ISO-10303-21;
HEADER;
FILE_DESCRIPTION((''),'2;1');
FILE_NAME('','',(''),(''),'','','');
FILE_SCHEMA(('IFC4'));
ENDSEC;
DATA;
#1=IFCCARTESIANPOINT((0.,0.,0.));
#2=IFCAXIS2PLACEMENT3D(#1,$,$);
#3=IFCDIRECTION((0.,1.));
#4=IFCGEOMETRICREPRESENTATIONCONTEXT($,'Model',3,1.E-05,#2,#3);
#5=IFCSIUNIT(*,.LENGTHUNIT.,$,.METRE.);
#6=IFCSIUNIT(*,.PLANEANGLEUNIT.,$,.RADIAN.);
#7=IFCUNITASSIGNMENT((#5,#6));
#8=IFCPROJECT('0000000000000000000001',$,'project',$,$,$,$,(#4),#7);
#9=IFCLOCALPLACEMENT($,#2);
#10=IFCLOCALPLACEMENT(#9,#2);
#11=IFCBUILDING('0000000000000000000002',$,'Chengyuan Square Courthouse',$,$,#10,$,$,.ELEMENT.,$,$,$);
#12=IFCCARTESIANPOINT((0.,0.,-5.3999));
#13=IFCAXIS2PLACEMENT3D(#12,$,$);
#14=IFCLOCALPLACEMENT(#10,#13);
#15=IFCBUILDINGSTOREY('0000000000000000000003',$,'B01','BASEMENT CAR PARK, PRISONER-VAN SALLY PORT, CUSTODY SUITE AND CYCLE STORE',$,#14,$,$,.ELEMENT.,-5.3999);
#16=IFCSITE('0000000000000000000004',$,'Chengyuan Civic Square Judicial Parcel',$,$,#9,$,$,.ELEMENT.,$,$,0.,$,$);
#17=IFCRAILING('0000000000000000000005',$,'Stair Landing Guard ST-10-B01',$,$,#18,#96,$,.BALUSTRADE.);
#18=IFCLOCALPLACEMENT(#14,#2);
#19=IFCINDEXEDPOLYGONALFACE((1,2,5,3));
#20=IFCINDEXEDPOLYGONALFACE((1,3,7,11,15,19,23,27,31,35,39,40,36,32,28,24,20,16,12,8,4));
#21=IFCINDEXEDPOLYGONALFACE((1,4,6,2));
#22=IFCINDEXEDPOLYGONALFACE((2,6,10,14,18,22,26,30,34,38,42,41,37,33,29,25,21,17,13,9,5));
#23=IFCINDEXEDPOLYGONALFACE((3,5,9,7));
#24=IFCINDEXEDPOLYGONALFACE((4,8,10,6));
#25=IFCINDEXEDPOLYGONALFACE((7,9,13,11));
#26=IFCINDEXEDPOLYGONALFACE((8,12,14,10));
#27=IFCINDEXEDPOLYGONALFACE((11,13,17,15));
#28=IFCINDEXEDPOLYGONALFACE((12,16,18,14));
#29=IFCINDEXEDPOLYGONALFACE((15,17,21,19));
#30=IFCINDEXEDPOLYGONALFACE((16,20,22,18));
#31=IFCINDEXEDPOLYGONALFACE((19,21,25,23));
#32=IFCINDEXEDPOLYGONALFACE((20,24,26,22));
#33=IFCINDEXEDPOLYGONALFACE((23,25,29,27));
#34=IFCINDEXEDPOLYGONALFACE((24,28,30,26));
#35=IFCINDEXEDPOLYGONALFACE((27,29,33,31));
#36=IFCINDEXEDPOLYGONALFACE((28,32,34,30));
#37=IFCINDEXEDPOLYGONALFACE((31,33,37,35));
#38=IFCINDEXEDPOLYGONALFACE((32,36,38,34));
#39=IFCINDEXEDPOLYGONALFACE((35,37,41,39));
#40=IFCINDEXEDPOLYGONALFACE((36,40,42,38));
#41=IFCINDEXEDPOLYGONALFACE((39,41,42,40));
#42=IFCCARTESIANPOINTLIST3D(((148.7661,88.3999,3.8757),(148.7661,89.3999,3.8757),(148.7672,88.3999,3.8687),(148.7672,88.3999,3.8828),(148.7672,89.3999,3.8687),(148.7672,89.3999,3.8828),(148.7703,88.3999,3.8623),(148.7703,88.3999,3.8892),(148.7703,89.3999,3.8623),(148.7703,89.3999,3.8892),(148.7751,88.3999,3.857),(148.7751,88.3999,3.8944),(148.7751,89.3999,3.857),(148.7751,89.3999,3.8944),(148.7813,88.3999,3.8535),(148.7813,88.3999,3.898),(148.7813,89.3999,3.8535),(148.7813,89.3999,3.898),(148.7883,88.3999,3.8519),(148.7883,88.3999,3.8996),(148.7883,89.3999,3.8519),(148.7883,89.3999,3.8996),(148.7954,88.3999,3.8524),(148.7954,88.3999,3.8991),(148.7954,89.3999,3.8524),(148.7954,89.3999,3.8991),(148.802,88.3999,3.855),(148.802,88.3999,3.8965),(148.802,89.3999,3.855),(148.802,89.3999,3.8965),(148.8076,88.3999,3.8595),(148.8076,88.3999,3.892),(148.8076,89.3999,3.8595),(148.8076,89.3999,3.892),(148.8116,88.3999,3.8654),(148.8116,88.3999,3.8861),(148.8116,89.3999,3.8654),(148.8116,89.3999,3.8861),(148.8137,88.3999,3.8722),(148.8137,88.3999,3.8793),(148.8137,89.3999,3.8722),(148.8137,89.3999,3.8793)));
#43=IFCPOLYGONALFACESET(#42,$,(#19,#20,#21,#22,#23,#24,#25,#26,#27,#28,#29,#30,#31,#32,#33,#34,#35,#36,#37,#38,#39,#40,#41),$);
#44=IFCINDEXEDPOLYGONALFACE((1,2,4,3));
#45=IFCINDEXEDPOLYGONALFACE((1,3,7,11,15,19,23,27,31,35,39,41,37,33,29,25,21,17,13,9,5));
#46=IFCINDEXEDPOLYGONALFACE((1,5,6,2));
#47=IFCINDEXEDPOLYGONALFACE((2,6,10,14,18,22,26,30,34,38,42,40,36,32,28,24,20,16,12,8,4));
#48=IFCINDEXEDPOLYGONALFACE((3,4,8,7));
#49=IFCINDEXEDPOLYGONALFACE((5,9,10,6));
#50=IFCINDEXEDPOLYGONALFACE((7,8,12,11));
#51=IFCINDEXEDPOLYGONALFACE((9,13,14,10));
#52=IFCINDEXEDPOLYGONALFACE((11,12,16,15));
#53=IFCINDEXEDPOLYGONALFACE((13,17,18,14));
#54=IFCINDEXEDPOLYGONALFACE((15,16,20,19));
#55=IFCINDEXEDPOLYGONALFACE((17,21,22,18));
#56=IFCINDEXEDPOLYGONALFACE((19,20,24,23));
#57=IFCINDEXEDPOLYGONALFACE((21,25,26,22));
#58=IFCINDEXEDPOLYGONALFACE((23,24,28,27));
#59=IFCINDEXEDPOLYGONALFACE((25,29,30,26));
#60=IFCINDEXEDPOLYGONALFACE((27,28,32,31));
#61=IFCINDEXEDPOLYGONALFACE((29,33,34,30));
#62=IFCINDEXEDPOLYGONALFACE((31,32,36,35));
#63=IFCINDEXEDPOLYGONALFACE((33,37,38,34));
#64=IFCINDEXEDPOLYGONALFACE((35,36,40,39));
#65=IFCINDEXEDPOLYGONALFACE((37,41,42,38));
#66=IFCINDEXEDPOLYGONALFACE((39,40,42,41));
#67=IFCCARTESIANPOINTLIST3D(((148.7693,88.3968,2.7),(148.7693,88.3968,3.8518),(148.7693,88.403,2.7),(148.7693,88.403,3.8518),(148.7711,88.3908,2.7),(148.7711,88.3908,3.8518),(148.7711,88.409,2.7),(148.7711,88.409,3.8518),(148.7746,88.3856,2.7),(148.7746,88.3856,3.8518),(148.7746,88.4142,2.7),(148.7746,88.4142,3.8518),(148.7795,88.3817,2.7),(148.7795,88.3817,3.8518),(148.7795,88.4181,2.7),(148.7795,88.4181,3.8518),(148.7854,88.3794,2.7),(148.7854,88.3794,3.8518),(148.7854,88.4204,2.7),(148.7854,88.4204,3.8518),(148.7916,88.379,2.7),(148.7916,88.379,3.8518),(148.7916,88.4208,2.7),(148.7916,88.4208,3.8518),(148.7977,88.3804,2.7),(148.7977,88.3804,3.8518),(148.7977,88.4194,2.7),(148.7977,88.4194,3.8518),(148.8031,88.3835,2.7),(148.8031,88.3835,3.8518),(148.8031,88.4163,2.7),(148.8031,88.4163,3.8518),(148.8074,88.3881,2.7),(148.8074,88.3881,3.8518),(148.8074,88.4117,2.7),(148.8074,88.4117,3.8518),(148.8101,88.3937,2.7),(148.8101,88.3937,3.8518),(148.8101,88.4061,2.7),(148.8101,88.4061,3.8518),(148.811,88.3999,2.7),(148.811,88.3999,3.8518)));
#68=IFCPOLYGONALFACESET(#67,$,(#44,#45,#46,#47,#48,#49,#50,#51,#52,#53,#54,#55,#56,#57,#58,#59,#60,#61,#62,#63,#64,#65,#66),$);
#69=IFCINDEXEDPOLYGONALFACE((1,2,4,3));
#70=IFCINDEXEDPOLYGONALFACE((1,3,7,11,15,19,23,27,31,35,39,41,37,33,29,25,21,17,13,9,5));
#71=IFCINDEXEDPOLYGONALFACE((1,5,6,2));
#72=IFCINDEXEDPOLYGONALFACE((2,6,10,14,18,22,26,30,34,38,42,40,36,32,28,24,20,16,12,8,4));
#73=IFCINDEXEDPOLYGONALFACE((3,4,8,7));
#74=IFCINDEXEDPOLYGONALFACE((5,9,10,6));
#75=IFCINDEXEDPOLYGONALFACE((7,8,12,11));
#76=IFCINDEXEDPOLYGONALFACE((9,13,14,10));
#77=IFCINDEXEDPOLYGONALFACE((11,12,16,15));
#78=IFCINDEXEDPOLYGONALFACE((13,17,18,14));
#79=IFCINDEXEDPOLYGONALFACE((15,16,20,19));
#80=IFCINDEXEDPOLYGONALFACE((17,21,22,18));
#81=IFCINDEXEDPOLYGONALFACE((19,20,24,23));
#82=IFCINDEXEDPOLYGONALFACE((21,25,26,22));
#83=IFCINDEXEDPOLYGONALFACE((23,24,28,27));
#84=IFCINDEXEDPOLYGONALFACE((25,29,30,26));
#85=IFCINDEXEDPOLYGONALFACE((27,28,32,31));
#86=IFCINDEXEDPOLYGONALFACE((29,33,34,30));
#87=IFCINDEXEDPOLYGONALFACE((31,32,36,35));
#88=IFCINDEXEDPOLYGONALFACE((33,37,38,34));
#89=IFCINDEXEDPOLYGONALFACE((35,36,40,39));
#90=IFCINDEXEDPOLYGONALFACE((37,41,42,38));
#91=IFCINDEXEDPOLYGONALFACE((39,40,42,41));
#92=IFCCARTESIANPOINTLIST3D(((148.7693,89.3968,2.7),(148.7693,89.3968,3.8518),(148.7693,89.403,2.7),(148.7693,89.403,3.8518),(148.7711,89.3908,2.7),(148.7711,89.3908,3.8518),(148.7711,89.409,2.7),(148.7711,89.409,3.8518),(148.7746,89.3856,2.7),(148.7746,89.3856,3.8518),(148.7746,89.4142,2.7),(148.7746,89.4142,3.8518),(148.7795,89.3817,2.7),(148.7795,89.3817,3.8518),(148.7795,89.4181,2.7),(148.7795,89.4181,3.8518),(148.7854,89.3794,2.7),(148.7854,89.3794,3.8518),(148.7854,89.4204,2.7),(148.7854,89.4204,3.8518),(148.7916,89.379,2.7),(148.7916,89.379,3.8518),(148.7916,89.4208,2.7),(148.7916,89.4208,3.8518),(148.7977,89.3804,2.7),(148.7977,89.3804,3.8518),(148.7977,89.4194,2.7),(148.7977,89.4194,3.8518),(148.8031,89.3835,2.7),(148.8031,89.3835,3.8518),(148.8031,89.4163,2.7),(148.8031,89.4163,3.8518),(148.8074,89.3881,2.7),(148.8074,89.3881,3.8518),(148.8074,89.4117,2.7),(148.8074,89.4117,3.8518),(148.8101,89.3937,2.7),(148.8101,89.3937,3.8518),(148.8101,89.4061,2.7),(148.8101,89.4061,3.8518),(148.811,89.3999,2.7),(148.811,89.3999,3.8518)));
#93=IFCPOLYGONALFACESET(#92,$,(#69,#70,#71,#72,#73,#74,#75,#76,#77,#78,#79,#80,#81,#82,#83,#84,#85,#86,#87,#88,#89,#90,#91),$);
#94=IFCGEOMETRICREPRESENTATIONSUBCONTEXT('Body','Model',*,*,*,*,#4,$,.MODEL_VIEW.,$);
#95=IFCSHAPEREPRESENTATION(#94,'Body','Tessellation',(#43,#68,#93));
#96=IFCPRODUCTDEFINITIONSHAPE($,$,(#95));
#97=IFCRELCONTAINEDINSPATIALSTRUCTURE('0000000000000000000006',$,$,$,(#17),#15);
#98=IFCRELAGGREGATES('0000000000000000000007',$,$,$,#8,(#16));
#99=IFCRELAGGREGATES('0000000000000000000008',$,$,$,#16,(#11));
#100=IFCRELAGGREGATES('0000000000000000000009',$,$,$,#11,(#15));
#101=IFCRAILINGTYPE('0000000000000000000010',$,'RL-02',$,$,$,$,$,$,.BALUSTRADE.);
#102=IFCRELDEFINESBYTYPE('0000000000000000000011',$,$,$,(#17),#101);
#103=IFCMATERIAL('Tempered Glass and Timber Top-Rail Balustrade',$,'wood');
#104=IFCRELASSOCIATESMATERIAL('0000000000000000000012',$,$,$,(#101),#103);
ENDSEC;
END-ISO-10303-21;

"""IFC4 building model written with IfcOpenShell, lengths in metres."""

from ifc_helpers import new_model, si_unit, direction, frame, origin, origin_2d, place, context, subcontext, project, spatial, circle, extrude, material, type_object, element, save


model = new_model("IFC4")

# Units and contexts
model_context = context("Model", 3, precision=1e-05, world=origin(), true_north=direction((0.0, 1.0)))
body_context = subcontext(model_context, "Body", "Model", "MODEL_VIEW")
ifc_project = project(units=[si_unit("LENGTHUNIT", "METRE"), si_unit("PLANEANGLEUNIT", "RADIAN")], contexts=[model_context])

# Site, building, storey
site_placement = place(None, origin())
site = spatial("IfcSite", under=ifc_project, at=site_placement, Name="Chengyuan Civic Square Judicial Parcel", CompositionType="ELEMENT", RefElevation=0.0)
building_placement = place(site_placement, origin())
building = spatial("IfcBuilding", under=site, at=building_placement, Name="Chengyuan Square Courthouse", CompositionType="ELEMENT")
storey_placement = place(building_placement, frame((0.0, 0.0, -5.3999)))
storey = spatial("IfcBuildingStorey", under=building, at=storey_placement, Name="B01", Description="BASEMENT CAR PARK, PRISONER-VAN SALLY PORT, CUSTODY SUITE AND CYCLE STORE", CompositionType="ELEMENT", Elevation=-5.3999)

# Railing
ifc_material_1 = material(Name="Tempered Glass and Timber Top-Rail Balustrade", Category="wood")
railing_type_1 = type_object("IfcRailingType", Name="RL-02", PredefinedType="BALUSTRADE", material=ifc_material_1)
for number, where, name in (
    (1, (148.79, 88.3999, 2.7), "Stair Landing Guard ST-10-B01"),
):
    element("IfcRailing", number, at=place(storey_placement, frame(where)), inside=storey, type_object=railing_type_1, Name=name, PredefinedType="BALUSTRADE", context=body_context, shape_type="SweptSolid", body=[
        extrude(circle(Radius=0.0239, at=origin_2d()), frame((0.0, 0.0, 1.1758), z_axis=(0.0, 1.0, 0.0), x_axis=(-1.0, 0.0, 0.0)), (0.0, 0.0, 1.0), 1.0),
        extrude(circle(Radius=0.021, at=origin_2d()), origin(), (0.0, 0.0, 1.0), 1.1519),
        extrude(circle(Radius=0.021, at=origin_2d()), frame((0.0, 1.0, 0.0)), (0.0, 0.0, 1.0), 1.1519),
    ])

save(model, "model.ifc")
